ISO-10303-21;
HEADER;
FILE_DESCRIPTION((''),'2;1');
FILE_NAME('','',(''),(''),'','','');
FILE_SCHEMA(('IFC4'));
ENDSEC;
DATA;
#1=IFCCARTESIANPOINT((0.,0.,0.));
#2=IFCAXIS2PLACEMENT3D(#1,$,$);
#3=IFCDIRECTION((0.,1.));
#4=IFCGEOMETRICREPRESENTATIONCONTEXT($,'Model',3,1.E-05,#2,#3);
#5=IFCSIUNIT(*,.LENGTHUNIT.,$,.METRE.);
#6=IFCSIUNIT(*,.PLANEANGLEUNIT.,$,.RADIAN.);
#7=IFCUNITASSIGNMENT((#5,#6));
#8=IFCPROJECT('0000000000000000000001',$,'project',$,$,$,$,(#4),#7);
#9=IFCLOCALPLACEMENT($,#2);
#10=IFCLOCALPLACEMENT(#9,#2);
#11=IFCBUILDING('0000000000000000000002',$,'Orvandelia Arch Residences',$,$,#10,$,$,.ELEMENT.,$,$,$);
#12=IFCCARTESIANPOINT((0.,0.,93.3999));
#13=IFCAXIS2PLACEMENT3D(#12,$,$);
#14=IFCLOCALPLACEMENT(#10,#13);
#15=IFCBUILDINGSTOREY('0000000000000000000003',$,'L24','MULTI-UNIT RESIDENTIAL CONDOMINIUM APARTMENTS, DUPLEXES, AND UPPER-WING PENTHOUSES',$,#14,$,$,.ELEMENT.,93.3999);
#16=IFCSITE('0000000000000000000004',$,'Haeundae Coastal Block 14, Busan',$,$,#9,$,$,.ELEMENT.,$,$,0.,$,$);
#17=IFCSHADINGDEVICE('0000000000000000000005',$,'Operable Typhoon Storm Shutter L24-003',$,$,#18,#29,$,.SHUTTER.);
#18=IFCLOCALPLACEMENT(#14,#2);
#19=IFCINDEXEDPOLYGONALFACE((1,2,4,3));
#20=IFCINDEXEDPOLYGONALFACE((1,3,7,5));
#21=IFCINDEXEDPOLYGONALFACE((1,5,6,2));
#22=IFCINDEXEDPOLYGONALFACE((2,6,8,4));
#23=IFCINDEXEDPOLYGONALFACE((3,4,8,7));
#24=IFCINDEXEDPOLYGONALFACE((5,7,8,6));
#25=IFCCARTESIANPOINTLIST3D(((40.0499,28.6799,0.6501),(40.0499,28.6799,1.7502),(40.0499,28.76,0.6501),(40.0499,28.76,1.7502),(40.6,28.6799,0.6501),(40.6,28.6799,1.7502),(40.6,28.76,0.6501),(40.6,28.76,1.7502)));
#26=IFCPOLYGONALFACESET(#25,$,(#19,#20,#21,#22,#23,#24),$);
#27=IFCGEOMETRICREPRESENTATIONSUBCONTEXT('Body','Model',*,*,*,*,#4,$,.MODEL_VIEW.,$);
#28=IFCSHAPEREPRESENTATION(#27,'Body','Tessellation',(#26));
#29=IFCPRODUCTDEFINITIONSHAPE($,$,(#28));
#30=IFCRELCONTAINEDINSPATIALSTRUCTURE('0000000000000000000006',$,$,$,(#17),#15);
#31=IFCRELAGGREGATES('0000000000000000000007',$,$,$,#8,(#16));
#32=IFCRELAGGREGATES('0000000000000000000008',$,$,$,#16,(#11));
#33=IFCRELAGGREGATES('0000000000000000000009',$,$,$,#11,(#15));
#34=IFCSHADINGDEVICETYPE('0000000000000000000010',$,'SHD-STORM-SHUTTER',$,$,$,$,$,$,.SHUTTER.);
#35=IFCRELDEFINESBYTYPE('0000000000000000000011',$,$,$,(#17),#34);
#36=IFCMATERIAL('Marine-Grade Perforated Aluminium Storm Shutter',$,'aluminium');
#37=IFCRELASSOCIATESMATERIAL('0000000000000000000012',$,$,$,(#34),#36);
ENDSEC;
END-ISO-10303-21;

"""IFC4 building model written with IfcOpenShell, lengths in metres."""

from ifc_helpers import new_model, si_unit, direction, frame, origin, origin_2d, place, context, subcontext, project, spatial, rectangle, extrude, material, type_object, element, save


model = new_model("IFC4")

# Units and contexts
model_context = context("Model", 3, precision=1e-05, world=origin(), true_north=direction((0.0, 1.0)))
body_context = subcontext(model_context, "Body", "Model", "MODEL_VIEW")
ifc_project = project(units=[si_unit("LENGTHUNIT", "METRE"), si_unit("PLANEANGLEUNIT", "RADIAN")], contexts=[model_context])

# Site, building, storey
site_placement = place(None, origin())
site = spatial("IfcSite", under=ifc_project, at=site_placement, Name="Haeundae Coastal Block 14, Busan", CompositionType="ELEMENT", RefElevation=0.0)
building_placement = place(site_placement, origin())
building = spatial("IfcBuilding", under=site, at=building_placement, Name="Orvandelia Arch Residences", CompositionType="ELEMENT")
storey_placement = place(building_placement, frame((0.0, 0.0, 93.3999)))
storey = spatial("IfcBuildingStorey", under=building, at=storey_placement, Name="L24", Description="MULTI-UNIT RESIDENTIAL CONDOMINIUM APARTMENTS, DUPLEXES, AND UPPER-WING PENTHOUSES", CompositionType="ELEMENT", Elevation=93.3999)

# Shading device
ifc_material_1 = material(Name="Marine-Grade Perforated Aluminium Storm Shutter", Category="aluminium")
shading_device_type_1 = type_object("IfcShadingDeviceType", Name="SHD-STORM-SHUTTER", PredefinedType="SHUTTER", material=ifc_material_1)
shading_device_placement = place(storey_placement, frame((40.325, 28.72, 0.6501), z_axis=(0.0, 0.0, 1.0), x_axis=(-1.0, 0.0, 0.0)))
element("IfcShadingDevice", 1, at=shading_device_placement, inside=storey, type_object=shading_device_type_1, Name="Operable Typhoon Storm Shutter L24-003", PredefinedType="SHUTTER", context=body_context, shape_type="SweptSolid", body=[
    extrude(rectangle(XDim=0.55, YDim=0.0801, at=origin_2d()), origin(), (0.0, 0.0, 1.0), 1.1001),
])

save(model, "model.ifc")
